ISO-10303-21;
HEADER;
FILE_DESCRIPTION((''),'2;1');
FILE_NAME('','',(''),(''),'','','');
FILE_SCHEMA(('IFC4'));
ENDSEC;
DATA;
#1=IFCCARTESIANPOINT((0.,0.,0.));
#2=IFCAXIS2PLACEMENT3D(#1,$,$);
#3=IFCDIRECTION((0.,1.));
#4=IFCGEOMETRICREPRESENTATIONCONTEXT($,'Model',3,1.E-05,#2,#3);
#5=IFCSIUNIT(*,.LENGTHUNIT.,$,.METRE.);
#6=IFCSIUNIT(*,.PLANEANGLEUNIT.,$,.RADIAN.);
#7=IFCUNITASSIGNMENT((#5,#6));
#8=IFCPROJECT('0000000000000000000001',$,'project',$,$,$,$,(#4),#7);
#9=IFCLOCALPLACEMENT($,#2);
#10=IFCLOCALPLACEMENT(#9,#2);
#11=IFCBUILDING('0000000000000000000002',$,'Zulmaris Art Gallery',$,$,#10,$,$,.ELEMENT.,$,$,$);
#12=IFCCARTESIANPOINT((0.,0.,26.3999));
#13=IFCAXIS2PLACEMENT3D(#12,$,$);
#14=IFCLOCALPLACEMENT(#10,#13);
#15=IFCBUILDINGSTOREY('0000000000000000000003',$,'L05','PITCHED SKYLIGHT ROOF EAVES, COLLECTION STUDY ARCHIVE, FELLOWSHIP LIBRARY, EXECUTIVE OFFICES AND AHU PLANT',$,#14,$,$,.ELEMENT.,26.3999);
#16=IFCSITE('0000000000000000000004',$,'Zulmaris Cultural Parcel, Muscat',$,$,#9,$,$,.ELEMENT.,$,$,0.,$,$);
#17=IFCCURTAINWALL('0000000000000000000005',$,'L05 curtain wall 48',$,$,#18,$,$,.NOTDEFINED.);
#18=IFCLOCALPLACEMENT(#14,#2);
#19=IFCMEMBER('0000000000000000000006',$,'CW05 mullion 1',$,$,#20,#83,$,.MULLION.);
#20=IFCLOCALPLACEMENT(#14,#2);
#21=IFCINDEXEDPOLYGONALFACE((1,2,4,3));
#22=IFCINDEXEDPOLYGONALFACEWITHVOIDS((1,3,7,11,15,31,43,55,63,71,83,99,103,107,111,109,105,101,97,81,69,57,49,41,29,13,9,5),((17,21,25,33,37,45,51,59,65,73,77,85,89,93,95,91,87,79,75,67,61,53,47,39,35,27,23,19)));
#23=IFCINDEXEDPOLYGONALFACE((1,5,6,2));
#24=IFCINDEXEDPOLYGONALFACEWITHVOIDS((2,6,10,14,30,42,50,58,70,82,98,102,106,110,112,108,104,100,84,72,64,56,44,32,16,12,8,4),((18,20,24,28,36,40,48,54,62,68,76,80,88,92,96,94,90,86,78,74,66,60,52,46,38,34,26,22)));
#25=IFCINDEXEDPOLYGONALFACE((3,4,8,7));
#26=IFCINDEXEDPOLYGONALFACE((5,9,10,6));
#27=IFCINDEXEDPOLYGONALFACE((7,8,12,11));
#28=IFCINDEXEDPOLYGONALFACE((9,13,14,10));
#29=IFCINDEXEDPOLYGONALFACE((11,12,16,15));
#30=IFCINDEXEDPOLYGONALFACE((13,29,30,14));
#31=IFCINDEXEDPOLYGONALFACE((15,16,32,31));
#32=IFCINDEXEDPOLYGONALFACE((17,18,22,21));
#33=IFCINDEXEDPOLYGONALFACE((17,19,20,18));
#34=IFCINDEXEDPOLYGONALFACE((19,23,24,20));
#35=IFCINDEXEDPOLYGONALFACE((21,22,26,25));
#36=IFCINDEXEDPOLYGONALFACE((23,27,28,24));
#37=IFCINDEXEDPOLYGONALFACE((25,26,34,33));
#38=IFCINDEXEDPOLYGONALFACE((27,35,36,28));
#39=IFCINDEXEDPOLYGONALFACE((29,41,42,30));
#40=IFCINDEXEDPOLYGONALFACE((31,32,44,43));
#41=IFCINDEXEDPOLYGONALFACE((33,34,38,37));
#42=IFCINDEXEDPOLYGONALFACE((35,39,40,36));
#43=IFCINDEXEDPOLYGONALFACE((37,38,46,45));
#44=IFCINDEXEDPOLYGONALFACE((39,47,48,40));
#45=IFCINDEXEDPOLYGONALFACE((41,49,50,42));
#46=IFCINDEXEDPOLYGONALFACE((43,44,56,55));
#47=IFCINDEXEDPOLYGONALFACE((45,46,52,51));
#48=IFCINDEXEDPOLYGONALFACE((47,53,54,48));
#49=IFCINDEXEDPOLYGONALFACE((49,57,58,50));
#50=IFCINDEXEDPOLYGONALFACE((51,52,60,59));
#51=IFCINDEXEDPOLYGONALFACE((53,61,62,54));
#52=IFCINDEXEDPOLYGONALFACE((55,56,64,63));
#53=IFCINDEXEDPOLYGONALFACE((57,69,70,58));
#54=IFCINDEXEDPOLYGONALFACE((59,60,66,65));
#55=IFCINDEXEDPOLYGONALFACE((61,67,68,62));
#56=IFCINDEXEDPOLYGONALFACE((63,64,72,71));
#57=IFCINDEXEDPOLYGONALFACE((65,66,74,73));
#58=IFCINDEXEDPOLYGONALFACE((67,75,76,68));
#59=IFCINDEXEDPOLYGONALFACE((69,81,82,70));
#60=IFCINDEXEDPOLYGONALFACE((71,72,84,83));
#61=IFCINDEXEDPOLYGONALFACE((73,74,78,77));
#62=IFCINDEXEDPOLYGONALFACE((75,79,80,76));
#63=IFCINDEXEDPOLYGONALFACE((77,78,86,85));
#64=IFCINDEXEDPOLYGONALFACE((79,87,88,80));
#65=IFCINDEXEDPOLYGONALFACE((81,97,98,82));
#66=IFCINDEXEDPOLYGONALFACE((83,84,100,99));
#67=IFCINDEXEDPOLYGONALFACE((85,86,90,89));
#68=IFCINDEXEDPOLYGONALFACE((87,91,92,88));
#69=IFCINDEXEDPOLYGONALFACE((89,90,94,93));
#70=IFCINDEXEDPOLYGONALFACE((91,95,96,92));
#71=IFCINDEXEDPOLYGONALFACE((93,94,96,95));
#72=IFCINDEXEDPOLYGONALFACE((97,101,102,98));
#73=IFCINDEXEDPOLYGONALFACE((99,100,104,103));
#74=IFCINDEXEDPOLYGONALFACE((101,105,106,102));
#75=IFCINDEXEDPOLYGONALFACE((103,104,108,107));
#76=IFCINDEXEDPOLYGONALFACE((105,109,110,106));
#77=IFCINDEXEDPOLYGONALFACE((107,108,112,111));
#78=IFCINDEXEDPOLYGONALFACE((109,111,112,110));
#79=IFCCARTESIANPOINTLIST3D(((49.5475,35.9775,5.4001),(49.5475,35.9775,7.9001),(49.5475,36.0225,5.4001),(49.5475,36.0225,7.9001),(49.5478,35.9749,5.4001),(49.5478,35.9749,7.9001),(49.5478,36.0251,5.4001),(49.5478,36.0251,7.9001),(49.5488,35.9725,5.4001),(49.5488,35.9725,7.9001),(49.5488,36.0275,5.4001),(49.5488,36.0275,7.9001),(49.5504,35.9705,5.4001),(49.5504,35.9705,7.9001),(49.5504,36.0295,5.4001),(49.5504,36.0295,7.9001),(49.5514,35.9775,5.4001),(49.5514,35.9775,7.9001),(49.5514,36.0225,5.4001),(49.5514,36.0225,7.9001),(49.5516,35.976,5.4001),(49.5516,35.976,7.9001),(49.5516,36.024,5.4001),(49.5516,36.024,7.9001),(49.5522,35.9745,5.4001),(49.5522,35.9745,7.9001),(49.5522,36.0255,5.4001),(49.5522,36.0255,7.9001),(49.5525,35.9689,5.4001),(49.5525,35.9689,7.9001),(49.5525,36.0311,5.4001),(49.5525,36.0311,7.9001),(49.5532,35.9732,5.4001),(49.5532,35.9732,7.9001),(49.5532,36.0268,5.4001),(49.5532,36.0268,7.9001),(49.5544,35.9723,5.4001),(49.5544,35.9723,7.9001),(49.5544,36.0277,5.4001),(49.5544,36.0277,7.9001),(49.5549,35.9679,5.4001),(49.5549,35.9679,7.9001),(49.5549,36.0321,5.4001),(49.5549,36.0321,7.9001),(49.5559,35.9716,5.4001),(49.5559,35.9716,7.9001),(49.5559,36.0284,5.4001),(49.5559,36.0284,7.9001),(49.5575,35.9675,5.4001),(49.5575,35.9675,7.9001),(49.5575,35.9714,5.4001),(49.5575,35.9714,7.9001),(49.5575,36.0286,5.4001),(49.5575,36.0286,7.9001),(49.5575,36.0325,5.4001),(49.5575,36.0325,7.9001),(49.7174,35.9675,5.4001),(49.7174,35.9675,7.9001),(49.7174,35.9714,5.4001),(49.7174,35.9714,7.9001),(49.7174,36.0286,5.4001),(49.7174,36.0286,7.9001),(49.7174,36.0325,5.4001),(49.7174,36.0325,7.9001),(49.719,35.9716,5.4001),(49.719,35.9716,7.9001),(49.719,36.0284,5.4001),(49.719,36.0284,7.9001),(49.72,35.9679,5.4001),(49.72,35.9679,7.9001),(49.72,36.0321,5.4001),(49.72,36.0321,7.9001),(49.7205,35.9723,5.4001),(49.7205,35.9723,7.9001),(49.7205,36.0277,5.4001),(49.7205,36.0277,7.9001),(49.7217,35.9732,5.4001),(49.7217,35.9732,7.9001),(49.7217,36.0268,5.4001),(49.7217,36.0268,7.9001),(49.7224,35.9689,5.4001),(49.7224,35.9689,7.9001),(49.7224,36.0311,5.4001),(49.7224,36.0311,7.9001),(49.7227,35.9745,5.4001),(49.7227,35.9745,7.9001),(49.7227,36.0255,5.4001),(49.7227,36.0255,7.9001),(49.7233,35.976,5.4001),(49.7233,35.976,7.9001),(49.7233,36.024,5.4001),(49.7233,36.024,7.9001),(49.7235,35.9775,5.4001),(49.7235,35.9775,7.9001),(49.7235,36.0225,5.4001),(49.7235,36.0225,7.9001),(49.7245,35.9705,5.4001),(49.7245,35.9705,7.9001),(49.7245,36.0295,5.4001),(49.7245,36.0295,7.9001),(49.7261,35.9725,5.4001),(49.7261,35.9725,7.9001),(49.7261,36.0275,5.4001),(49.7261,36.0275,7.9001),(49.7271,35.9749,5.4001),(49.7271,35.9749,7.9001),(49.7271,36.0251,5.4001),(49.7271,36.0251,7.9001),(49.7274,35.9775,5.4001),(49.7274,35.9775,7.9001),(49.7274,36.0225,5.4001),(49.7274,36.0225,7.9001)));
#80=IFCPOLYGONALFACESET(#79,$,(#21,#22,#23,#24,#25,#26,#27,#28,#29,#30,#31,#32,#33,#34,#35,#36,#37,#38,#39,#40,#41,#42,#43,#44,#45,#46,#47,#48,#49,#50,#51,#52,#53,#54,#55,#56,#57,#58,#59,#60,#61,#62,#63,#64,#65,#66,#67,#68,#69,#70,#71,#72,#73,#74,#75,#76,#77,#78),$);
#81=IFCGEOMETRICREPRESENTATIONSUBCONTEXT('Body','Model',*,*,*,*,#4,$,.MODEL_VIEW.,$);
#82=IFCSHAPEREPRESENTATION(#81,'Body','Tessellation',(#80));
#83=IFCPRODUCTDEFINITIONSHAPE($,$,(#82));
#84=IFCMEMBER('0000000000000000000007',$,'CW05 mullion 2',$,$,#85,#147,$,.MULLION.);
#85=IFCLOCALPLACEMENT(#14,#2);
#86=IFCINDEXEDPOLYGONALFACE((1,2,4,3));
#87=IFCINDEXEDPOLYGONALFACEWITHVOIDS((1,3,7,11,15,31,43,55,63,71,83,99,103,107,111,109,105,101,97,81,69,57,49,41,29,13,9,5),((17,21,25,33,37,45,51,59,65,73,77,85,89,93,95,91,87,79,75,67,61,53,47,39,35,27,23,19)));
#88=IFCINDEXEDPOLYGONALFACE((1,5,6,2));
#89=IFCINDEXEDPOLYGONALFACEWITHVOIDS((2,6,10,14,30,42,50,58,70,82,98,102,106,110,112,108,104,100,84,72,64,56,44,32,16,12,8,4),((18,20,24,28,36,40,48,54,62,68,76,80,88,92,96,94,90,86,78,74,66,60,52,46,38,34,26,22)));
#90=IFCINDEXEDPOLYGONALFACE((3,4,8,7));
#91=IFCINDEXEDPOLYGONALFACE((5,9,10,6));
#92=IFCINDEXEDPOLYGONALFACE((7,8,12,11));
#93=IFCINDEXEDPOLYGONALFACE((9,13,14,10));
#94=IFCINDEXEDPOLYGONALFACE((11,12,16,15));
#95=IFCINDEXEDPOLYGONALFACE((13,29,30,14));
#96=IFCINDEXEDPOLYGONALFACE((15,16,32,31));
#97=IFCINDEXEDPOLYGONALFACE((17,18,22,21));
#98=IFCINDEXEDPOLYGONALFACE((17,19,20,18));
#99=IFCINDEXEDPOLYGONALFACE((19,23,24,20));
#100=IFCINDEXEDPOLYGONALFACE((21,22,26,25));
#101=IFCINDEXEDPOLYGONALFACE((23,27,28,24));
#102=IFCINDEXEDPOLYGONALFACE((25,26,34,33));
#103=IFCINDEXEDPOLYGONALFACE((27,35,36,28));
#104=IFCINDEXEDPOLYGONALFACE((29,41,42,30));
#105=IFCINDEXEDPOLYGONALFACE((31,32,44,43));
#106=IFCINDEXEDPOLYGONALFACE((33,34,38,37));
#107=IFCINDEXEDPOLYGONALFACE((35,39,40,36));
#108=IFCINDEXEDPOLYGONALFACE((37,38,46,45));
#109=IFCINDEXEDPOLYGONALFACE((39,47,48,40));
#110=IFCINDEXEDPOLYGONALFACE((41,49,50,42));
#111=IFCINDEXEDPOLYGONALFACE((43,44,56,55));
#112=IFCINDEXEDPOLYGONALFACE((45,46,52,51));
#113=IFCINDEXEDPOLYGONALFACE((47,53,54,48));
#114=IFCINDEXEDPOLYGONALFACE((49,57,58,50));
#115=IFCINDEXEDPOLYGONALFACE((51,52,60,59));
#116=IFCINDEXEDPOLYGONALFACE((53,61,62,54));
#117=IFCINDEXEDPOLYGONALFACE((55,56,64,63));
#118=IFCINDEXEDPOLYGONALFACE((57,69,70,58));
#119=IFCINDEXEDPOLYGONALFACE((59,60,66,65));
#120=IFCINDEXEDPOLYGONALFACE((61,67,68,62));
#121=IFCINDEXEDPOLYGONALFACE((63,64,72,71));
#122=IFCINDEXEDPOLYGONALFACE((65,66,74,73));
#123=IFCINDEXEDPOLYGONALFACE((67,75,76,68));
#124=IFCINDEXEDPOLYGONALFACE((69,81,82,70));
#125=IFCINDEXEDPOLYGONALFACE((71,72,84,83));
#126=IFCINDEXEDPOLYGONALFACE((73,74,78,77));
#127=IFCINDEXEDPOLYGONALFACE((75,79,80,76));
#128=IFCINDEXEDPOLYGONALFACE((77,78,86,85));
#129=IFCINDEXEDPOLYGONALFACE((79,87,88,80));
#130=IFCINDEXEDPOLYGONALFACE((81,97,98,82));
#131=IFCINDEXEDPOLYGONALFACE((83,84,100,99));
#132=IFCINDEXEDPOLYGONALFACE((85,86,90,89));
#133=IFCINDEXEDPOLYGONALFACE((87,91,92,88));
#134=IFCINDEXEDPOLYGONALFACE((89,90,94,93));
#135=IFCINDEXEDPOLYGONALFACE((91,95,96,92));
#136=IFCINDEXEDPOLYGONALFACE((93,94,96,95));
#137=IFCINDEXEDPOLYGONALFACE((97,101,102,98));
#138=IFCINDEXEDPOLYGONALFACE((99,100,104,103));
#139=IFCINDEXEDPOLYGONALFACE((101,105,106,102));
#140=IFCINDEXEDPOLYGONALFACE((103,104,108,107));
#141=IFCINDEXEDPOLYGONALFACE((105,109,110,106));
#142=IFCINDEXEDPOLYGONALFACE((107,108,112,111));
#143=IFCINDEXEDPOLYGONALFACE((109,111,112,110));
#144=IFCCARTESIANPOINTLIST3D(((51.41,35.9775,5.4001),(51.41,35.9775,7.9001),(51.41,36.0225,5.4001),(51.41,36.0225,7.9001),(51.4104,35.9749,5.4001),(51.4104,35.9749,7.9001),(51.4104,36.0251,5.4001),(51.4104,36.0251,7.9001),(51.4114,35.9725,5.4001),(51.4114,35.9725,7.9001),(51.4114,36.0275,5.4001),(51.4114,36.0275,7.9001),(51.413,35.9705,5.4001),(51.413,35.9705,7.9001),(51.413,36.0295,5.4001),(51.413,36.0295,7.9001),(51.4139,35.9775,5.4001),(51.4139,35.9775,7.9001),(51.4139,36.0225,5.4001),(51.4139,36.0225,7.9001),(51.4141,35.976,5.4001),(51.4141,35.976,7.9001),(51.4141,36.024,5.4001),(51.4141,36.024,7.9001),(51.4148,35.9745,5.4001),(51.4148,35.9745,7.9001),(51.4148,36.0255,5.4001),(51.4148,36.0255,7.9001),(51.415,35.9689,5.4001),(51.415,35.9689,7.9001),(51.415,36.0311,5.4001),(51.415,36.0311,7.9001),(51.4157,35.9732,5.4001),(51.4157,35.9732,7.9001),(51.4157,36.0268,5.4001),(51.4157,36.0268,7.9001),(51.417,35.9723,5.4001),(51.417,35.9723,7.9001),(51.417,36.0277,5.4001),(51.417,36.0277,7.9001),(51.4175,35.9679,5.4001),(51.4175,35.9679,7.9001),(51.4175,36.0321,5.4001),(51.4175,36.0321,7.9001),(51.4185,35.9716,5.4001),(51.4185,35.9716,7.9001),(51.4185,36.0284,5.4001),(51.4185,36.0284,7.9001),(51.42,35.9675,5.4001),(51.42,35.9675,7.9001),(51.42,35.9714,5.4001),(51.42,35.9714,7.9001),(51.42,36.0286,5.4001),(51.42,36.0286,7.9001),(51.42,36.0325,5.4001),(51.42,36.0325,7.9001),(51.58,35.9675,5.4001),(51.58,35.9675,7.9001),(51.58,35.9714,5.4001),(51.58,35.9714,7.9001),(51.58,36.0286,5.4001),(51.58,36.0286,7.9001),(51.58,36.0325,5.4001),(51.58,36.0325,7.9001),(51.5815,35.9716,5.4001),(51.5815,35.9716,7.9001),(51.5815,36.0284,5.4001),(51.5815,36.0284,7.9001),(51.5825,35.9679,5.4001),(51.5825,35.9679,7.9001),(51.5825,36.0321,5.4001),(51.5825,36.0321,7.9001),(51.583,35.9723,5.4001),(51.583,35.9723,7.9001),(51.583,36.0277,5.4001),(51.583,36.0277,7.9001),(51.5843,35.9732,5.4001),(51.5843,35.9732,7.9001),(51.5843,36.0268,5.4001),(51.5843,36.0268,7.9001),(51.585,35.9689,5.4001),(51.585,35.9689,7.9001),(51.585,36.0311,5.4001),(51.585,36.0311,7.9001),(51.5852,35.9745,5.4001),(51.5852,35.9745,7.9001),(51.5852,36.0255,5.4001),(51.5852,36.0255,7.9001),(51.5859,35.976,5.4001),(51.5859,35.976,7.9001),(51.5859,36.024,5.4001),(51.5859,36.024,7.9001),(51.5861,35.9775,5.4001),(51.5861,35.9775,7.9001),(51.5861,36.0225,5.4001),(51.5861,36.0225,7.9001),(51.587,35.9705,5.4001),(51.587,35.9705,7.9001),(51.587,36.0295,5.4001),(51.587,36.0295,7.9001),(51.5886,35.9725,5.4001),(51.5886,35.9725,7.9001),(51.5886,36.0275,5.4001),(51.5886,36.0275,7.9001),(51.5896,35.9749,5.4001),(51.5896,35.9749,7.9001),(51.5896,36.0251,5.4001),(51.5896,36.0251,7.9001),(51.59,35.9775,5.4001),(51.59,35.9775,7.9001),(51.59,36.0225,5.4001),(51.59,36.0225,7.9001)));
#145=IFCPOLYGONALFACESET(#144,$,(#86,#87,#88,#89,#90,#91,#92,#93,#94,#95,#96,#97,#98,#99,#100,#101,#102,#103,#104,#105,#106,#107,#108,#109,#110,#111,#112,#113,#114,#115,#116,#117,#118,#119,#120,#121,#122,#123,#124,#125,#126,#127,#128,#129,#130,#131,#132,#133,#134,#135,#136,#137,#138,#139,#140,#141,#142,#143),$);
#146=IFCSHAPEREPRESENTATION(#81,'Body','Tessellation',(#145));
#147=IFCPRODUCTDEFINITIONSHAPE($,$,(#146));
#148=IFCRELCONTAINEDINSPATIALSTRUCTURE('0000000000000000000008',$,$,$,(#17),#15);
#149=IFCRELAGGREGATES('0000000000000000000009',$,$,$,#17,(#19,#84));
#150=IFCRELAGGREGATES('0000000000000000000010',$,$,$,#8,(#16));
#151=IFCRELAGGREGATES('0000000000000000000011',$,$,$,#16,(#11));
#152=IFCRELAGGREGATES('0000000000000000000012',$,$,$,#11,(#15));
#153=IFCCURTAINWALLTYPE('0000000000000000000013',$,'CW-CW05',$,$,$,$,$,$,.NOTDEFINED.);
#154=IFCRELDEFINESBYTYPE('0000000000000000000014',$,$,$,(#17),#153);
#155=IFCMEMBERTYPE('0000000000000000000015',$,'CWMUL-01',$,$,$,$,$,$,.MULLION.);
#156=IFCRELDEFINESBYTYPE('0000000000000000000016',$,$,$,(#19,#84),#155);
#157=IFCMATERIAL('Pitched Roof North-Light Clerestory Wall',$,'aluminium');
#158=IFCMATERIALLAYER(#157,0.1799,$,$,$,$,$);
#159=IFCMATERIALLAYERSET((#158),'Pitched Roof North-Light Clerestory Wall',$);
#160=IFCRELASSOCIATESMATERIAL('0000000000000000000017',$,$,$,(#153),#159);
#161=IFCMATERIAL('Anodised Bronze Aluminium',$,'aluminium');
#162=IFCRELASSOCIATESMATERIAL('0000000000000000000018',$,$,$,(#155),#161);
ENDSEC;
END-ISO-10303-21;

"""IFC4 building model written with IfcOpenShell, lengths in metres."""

from ifc_helpers import new_model, si_unit, direction, frame, origin, origin_2d, place, context, subcontext, project, spatial, hollow_rectangle, extrude, material, layer, layer_set, material_profile, profile_set, type_object, element, aggregate, save


model = new_model("IFC4")

# Units and contexts
model_context = context("Model", 3, precision=1e-05, world=origin(), true_north=direction((0.0, 1.0)))
body_context = subcontext(model_context, "Body", "Model", "MODEL_VIEW")
ifc_project = project(units=[si_unit("LENGTHUNIT", "METRE"), si_unit("PLANEANGLEUNIT", "RADIAN")], contexts=[model_context])

# Site, building, storey
site_placement = place(None, origin())
site = spatial("IfcSite", under=ifc_project, at=site_placement, Name="Zulmaris Cultural Parcel, Muscat", CompositionType="ELEMENT", RefElevation=0.0)
building_placement = place(site_placement, origin())
building = spatial("IfcBuilding", under=site, at=building_placement, Name="Zulmaris Art Gallery", CompositionType="ELEMENT")
storey_placement = place(building_placement, frame((0.0, 0.0, 26.3999)))
storey = spatial("IfcBuildingStorey", under=building, at=storey_placement, Name="L05", Description="PITCHED SKYLIGHT ROOF EAVES, COLLECTION STUDY ARCHIVE, FELLOWSHIP LIBRARY, EXECUTIVE OFFICES AND AHU PLANT", CompositionType="ELEMENT", Elevation=26.3999)

# Curtain wall, members
ifc_material_1 = material(Name="Pitched Roof North-Light Clerestory Wall", Category="aluminium")
ifc_layer_1 = layer(ifc_material_1, 0.1799)
ifc_layer_set_1 = layer_set([ifc_layer_1], Name="Pitched Roof North-Light Clerestory Wall")
curtain_wall_type = type_object("IfcCurtainWallType", Name="CW-CW05", PredefinedType="NOTDEFINED", material=ifc_layer_set_1)
curtain_wall_placement = place(storey_placement, origin())
curtain_wall = element("IfcCurtainWall", 1, at=curtain_wall_placement, inside=storey, type_object=curtain_wall_type, Name="L05 curtain wall 48", PredefinedType="NOTDEFINED")
ifc_material_2 = material(Name="Anodised Bronze Aluminium", Category="aluminium")
ifc_material_profile_1 = material_profile(ifc_material_2, hollow_rectangle(XDim=0.0649, YDim=0.1799, WallThickness=0.0039, InnerFilletRadius=0.0061, OuterFilletRadius=0.01, at=origin_2d()), Name="ALU 65x180x4")
ifc_profile_set_1 = profile_set([ifc_material_profile_1], Name="Anodised Bronze Aluminium")
member_type_1 = type_object("IfcMemberType", Name="CWMUL-01", PredefinedType="MULLION", material=ifc_profile_set_1)
member_1_placement = place(storey_placement, frame((49.6375, 36.0, 5.4001), z_axis=(0.0, 0.0, 1.0), x_axis=(0.0, 1.0, 0.0)))
member_1 = element("IfcMember", 2, at=member_1_placement, type_object=member_type_1, Name="CW05 mullion 1", PredefinedType="MULLION", context=body_context, shape_type="SweptSolid", body=[
    extrude(hollow_rectangle(XDim=0.0649, YDim=0.1799, WallThickness=0.0039, InnerFilletRadius=0.0061, OuterFilletRadius=0.01, at=origin_2d()), origin(), (0.0, 0.0, 1.0), 2.5),
])
member_2_placement = place(storey_placement, frame((51.5, 36.0, 5.4001), z_axis=(0.0, 0.0, 1.0), x_axis=(0.0, 1.0, 0.0)))
member_2 = element("IfcMember", 3, at=member_2_placement, type_object=member_type_1, Name="CW05 mullion 2", PredefinedType="MULLION", context=body_context, shape_type="SweptSolid", body=[
    extrude(hollow_rectangle(XDim=0.0649, YDim=0.1799, WallThickness=0.0039, InnerFilletRadius=0.0061, OuterFilletRadius=0.01, at=origin_2d()), origin(), (0.0, 0.0, 1.0), 2.5),
])

aggregate(curtain_wall, [member_1, member_2])

save(model, "model.ifc")
